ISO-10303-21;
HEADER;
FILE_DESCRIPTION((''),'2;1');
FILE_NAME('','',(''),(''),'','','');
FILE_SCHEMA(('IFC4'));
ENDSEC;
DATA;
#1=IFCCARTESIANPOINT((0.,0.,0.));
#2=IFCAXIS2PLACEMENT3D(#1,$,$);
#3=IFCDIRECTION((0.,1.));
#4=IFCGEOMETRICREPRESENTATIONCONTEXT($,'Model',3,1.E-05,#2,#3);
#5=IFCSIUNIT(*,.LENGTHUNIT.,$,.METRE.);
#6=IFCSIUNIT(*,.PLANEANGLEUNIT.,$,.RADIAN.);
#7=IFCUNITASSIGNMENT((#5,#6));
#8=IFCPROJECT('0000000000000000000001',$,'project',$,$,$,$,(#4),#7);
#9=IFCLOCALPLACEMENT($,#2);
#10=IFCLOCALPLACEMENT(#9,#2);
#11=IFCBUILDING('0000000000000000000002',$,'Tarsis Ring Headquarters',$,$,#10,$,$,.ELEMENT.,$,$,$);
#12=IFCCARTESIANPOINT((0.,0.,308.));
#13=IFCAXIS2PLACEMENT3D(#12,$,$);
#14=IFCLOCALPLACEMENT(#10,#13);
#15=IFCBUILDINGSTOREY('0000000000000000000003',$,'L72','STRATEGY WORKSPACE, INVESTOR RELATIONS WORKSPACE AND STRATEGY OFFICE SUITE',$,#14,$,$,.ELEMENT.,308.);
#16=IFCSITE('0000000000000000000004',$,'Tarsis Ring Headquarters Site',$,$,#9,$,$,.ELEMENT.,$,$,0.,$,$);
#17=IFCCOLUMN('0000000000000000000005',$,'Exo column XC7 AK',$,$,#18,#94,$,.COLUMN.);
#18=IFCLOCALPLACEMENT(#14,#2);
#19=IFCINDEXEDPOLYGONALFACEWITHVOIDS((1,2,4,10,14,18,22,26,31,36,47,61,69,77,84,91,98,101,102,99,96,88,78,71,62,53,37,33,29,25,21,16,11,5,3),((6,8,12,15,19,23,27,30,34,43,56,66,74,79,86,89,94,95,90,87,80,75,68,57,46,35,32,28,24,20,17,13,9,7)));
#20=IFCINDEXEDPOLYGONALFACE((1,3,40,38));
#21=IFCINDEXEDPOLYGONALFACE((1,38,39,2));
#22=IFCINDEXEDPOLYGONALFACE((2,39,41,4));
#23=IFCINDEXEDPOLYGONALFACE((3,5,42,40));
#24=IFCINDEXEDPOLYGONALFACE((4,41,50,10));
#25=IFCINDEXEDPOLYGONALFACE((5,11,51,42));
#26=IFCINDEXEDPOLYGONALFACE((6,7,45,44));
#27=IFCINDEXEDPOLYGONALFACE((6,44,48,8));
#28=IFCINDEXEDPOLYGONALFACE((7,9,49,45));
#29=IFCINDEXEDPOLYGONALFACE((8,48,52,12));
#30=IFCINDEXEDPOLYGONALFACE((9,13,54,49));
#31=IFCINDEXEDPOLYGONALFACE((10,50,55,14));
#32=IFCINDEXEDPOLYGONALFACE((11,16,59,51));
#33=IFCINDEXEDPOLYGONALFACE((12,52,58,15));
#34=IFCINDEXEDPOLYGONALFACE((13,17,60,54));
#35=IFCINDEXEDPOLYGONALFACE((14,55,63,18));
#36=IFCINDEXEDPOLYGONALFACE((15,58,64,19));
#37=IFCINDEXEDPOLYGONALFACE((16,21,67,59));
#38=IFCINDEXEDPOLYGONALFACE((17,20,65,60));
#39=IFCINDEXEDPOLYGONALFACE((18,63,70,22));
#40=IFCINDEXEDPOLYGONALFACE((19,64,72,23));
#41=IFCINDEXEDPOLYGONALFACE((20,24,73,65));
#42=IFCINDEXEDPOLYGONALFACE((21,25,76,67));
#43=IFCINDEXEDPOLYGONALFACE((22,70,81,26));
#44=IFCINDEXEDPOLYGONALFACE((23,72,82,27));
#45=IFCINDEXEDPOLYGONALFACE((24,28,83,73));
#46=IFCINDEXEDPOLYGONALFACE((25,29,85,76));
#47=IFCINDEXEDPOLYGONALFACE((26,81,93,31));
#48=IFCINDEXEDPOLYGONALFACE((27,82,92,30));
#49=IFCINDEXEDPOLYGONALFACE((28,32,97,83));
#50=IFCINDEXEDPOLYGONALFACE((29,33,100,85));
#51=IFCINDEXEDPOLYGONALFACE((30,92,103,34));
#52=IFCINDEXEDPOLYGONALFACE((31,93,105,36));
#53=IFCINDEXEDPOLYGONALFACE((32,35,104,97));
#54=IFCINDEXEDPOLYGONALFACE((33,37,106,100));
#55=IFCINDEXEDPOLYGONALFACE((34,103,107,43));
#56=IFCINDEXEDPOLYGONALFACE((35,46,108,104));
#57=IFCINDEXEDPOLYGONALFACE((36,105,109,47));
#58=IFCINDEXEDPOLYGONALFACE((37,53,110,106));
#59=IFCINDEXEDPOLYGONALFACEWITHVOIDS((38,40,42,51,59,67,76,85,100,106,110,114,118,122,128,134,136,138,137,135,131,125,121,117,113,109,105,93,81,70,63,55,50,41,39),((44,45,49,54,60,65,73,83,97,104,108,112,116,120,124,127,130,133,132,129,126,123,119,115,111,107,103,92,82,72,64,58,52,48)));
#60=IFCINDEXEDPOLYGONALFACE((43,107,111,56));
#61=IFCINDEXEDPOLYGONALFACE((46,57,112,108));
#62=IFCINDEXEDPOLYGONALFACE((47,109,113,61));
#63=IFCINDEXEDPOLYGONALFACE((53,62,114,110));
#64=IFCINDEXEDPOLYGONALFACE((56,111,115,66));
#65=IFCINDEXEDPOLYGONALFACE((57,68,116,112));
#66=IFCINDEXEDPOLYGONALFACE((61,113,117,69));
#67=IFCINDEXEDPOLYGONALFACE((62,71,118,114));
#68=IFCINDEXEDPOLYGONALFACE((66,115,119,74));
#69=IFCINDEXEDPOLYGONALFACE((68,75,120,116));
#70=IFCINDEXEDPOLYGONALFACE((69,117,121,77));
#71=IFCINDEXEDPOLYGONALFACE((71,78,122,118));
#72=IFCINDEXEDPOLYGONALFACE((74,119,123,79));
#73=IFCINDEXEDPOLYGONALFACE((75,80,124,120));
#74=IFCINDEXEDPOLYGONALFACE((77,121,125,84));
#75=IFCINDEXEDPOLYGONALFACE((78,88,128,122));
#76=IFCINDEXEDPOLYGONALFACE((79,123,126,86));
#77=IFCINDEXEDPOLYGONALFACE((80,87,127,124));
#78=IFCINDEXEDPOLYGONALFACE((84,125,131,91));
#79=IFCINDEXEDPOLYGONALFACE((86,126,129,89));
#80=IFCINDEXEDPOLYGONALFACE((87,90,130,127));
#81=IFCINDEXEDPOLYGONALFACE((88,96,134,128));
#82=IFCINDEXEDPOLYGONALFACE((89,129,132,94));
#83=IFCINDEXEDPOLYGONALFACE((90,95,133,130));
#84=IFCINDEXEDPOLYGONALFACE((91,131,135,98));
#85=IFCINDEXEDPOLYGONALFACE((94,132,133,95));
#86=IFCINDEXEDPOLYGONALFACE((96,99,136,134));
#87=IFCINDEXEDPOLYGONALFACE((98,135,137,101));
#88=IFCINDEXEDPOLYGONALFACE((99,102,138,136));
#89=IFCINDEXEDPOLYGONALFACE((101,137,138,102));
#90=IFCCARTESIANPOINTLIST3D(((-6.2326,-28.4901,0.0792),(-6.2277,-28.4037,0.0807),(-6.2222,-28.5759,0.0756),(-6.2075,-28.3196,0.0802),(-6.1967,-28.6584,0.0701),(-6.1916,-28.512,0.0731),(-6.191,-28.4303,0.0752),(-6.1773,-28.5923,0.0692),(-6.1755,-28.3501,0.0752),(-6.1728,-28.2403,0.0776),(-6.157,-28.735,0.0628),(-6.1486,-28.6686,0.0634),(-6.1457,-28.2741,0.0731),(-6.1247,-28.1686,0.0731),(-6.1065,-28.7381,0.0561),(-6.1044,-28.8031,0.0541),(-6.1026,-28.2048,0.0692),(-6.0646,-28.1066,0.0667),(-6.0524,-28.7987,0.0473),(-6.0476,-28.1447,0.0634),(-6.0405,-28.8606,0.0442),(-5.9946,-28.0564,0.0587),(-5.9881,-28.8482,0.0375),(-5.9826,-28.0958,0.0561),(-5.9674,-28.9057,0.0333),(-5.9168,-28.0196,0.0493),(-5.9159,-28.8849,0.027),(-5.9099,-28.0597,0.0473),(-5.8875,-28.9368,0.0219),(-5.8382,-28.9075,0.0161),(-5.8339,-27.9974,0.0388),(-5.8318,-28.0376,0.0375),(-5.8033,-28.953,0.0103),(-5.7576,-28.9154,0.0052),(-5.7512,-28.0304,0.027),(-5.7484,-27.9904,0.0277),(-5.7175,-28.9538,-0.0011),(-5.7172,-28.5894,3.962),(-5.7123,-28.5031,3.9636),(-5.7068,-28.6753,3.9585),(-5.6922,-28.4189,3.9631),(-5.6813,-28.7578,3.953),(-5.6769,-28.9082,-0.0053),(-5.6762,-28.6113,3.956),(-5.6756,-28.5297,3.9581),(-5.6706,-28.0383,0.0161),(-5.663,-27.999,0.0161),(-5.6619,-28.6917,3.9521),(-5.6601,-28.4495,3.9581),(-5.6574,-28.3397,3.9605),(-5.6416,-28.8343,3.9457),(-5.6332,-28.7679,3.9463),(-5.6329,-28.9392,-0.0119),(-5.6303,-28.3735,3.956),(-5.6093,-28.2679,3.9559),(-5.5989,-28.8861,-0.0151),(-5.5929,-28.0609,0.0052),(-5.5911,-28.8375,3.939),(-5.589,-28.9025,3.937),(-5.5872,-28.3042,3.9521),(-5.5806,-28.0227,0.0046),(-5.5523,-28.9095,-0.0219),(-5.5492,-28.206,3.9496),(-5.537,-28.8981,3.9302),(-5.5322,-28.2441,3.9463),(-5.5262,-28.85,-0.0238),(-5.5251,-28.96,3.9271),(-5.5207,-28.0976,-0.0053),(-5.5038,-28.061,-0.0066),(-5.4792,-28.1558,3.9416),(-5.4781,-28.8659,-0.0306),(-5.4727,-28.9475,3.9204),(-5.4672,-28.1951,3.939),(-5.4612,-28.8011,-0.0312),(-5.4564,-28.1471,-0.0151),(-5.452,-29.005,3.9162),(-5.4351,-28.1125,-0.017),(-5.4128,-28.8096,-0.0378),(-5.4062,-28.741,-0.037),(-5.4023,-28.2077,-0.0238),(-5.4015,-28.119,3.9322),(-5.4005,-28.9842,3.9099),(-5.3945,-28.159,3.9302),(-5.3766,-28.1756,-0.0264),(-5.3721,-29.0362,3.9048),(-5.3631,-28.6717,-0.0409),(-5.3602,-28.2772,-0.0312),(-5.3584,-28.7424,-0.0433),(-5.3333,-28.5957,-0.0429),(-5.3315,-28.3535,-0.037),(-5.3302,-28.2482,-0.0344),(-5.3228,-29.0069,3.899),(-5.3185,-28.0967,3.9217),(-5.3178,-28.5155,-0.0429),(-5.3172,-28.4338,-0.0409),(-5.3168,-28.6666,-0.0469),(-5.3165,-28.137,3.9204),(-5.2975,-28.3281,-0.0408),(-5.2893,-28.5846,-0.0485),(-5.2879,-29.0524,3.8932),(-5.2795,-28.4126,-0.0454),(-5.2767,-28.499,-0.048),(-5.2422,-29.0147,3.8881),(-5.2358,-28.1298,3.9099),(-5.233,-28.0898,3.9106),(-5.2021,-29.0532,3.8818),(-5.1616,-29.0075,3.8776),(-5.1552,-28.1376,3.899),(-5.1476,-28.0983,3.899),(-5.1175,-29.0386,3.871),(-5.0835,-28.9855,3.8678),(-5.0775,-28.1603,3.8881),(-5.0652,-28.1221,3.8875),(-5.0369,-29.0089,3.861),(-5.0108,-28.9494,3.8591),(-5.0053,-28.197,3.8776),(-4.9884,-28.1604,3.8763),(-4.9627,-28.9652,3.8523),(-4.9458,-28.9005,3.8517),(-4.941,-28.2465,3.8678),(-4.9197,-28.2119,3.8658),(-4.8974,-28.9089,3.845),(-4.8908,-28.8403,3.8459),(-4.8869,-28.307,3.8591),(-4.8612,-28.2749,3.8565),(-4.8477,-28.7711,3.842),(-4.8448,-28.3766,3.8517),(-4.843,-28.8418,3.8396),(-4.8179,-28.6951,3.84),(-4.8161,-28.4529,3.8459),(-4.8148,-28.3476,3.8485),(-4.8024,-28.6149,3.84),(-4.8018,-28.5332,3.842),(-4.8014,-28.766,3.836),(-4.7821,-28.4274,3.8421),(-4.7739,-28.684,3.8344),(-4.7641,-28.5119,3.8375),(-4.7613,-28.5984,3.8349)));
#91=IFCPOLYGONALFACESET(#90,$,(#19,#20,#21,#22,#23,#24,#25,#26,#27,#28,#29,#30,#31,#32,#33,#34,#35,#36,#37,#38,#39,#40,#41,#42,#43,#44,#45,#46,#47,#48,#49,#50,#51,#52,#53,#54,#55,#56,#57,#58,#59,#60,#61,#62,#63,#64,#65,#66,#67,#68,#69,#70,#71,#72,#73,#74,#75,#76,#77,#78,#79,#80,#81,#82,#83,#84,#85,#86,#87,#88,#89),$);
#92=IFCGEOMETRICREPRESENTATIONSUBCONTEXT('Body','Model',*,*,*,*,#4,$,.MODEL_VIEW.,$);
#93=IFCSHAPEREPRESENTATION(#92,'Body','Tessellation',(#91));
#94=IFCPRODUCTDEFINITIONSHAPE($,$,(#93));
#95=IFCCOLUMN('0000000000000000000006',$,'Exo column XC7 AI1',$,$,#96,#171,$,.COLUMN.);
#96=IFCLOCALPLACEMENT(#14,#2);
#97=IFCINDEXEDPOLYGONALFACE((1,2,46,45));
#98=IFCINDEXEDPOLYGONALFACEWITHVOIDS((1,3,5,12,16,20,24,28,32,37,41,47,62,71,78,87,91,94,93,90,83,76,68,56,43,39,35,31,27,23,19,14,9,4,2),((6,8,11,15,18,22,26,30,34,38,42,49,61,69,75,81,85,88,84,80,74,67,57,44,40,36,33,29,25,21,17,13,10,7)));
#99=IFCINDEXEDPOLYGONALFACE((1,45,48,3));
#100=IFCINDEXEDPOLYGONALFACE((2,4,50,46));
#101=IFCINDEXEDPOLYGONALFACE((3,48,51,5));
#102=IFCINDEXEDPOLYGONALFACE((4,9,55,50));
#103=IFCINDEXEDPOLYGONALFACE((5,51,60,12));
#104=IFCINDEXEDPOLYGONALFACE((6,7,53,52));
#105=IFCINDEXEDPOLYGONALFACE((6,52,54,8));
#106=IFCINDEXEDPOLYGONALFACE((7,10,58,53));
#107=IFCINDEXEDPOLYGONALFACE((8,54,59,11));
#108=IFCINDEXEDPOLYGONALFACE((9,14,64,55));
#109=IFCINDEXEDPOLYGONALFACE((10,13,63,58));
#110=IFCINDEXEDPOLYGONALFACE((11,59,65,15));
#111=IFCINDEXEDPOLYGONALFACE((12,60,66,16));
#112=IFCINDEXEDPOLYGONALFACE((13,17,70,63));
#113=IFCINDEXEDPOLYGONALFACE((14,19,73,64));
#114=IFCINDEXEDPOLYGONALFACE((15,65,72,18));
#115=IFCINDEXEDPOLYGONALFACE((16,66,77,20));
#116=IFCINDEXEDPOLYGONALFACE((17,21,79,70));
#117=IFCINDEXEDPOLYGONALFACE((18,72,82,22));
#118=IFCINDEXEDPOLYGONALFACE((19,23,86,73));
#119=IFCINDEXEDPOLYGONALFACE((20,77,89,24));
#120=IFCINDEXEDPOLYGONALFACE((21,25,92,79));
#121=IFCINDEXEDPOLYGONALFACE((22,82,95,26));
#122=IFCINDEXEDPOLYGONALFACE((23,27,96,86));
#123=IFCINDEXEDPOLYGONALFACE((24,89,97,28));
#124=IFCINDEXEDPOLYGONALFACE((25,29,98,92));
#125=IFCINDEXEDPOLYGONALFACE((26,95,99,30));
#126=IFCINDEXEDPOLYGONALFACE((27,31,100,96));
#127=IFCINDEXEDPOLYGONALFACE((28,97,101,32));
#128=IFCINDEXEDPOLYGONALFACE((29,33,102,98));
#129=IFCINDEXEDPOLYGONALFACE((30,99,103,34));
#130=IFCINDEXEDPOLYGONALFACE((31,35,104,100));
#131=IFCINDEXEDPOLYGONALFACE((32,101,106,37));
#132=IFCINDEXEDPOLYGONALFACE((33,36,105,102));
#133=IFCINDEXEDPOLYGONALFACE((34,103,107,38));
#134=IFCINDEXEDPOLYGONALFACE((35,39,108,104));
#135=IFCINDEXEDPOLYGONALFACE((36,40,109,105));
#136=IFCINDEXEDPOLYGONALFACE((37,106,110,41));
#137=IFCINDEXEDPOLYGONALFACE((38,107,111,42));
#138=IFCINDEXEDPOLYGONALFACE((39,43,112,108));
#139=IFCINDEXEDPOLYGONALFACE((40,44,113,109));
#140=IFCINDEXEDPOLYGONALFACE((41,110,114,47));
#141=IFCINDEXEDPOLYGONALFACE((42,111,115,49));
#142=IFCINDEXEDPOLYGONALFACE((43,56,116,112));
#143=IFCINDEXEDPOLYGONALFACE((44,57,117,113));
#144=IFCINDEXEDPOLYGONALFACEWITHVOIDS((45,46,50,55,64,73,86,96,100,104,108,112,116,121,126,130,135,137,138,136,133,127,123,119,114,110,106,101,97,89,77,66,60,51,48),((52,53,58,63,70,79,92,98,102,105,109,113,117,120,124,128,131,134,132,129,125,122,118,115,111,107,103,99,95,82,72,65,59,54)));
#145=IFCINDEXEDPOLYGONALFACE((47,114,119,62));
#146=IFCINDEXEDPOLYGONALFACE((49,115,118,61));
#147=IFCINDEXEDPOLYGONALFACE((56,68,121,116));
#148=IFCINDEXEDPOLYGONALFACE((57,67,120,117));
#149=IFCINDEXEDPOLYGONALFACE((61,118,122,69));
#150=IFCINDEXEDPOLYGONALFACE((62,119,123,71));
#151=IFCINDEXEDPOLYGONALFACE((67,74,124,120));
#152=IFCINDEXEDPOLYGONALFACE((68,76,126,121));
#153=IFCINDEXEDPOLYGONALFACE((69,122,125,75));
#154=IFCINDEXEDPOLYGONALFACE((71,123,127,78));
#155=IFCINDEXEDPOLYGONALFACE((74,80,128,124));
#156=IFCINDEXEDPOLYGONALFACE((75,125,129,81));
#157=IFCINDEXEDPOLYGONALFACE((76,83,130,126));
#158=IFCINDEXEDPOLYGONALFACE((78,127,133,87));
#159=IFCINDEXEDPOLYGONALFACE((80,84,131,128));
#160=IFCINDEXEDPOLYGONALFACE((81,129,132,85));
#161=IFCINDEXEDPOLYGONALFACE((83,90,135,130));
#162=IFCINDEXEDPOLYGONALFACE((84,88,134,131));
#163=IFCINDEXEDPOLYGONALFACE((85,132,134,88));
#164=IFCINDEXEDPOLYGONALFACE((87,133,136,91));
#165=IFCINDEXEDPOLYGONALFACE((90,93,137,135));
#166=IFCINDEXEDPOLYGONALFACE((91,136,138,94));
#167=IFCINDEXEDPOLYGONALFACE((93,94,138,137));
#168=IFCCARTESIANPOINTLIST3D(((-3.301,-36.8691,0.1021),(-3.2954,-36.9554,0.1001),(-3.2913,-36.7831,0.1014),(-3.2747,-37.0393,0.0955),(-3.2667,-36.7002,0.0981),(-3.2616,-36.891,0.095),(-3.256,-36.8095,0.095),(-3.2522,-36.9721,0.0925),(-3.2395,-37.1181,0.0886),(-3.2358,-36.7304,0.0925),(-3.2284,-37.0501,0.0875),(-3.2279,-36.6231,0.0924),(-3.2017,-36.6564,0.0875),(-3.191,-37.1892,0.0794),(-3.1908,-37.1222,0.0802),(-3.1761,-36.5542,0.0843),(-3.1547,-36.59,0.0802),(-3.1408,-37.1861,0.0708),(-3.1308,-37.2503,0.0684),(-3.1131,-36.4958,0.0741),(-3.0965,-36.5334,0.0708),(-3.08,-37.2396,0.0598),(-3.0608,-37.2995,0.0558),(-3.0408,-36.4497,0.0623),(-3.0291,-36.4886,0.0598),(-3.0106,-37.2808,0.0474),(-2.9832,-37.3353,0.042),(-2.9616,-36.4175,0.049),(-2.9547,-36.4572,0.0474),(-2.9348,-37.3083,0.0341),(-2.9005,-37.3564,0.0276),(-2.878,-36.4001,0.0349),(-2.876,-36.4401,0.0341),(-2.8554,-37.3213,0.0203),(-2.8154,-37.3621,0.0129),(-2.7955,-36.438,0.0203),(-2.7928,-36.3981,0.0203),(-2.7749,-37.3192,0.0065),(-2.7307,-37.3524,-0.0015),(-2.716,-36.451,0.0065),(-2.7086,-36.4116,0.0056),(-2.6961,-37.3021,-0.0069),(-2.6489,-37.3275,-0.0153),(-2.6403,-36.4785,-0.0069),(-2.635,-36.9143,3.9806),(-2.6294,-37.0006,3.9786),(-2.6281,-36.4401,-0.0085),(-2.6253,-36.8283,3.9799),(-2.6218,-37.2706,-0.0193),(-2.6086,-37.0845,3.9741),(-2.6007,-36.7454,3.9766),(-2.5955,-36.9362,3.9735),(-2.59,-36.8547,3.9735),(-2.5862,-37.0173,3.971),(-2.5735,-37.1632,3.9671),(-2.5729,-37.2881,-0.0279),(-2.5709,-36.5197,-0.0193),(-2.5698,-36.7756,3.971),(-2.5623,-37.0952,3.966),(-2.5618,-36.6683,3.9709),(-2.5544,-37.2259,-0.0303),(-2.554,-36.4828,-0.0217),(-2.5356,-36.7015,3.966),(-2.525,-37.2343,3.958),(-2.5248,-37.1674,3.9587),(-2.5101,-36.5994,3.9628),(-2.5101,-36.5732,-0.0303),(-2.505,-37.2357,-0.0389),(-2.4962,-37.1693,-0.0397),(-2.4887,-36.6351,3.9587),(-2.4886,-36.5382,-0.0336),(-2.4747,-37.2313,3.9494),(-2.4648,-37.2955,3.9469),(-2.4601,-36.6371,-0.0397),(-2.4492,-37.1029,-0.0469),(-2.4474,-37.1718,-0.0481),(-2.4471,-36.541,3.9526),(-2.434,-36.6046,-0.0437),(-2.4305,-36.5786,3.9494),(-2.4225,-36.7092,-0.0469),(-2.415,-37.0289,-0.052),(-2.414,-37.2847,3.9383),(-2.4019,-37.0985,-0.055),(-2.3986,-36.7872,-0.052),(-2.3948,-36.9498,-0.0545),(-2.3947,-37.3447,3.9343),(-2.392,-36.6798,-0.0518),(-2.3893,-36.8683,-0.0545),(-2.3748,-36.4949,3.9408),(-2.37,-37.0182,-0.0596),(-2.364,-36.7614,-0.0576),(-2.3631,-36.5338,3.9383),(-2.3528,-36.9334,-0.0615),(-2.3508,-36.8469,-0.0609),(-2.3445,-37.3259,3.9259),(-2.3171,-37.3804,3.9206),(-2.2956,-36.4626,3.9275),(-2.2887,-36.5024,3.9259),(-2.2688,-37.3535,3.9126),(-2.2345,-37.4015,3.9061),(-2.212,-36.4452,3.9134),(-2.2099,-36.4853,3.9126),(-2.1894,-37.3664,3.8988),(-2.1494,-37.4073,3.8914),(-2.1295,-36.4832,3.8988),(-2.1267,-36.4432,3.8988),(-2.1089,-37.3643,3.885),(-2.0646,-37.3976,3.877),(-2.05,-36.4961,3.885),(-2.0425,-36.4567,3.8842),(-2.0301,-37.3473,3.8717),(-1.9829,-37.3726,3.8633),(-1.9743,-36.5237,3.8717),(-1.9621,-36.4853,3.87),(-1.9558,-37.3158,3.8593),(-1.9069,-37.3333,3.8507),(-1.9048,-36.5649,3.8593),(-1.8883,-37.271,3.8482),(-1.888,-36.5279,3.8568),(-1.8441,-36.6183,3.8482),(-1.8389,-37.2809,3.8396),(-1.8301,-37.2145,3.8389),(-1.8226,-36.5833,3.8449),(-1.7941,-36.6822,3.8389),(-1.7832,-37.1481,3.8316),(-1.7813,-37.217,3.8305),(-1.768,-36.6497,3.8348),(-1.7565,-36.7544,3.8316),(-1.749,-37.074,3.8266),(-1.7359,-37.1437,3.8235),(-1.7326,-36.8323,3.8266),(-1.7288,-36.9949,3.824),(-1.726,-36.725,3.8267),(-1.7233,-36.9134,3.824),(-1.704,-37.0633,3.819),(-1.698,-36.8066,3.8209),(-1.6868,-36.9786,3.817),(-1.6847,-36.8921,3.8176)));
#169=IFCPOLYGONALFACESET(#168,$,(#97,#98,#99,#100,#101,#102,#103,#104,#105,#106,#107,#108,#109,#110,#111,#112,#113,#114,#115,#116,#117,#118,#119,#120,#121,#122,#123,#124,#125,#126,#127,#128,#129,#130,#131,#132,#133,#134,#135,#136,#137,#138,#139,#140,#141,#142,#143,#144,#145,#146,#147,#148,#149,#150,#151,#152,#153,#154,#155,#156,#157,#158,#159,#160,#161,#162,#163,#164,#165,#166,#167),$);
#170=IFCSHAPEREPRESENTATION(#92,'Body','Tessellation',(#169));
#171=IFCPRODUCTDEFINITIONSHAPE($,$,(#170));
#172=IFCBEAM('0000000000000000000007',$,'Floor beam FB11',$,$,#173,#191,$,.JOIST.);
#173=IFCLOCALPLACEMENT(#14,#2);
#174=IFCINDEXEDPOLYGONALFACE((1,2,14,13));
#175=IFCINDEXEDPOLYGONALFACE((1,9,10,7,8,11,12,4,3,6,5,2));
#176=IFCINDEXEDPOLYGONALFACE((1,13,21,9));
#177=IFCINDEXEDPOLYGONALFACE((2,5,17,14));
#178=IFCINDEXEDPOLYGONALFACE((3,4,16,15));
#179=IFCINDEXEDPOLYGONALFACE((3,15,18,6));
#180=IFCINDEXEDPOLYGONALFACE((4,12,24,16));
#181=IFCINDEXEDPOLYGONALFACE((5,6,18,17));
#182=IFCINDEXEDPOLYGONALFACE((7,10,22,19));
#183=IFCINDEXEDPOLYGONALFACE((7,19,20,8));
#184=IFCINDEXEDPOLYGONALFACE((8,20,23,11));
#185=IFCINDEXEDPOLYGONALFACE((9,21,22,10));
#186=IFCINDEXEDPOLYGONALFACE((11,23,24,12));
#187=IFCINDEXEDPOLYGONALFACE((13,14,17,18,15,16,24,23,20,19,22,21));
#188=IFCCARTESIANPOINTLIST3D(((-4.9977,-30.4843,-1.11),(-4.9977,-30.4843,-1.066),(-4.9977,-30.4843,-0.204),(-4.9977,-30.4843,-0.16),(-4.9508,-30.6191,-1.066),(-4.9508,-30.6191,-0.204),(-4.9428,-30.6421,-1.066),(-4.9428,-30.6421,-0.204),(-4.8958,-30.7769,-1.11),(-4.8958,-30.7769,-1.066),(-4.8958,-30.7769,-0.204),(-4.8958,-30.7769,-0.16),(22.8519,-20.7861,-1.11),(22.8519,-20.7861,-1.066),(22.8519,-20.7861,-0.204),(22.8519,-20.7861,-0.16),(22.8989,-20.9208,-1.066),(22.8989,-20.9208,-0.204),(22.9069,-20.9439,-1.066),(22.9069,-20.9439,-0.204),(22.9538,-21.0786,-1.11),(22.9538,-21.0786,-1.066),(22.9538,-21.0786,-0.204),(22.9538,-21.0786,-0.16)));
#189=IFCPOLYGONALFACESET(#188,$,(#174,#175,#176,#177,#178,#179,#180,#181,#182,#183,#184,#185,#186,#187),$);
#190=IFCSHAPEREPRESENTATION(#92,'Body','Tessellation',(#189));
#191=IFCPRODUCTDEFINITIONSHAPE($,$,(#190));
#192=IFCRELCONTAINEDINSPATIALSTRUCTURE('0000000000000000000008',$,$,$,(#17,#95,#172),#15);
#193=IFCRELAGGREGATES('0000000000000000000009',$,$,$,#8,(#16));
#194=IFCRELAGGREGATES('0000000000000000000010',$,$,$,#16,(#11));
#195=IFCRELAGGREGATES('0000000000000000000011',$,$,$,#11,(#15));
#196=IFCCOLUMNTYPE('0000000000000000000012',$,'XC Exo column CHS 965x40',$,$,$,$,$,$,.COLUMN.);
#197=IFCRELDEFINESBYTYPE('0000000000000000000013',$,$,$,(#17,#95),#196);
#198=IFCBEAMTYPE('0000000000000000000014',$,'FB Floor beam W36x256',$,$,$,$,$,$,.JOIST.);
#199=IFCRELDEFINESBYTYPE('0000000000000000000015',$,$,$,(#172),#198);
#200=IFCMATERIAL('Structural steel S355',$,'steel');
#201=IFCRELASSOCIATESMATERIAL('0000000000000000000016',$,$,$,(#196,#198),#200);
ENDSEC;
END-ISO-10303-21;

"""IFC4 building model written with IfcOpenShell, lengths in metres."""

from ifc_helpers import new_model, si_unit, direction, frame, origin, origin_2d, place, context, subcontext, project, spatial, hollow_circle, i_section, extrude, material, material_profile, profile_set, type_object, element, save


model = new_model("IFC4")

# Units and contexts
model_context = context("Model", 3, precision=1e-05, world=origin(), true_north=direction((0.0, 1.0)))
body_context = subcontext(model_context, "Body", "Model", "MODEL_VIEW")
ifc_project = project(units=[si_unit("LENGTHUNIT", "METRE"), si_unit("PLANEANGLEUNIT", "RADIAN")], contexts=[model_context])

# Site, building, storey
site_placement = place(None, origin())
site = spatial("IfcSite", under=ifc_project, at=site_placement, Name="Tarsis Ring Headquarters Site", CompositionType="ELEMENT", RefElevation=0.0)
building_placement = place(site_placement, origin())
building = spatial("IfcBuilding", under=site, at=building_placement, Name="Tarsis Ring Headquarters", CompositionType="ELEMENT")
storey_placement = place(building_placement, frame((0.0, 0.0, 308.0)))
storey = spatial("IfcBuildingStorey", under=building, at=storey_placement, Name="L72", Description="STRATEGY WORKSPACE, INVESTOR RELATIONS WORKSPACE AND STRATEGY OFFICE SUITE", CompositionType="ELEMENT", Elevation=308.0)

# Columns
ifc_material_1 = material(Name="Structural steel S355", Category="steel")
ifc_material_profile_1 = material_profile(ifc_material_1, hollow_circle(Radius=0.4827, WallThickness=0.04, at=origin_2d()), Name="CHS 965x40")
ifc_profile_set_1 = profile_set([ifc_material_profile_1], Name="Structural steel S355")
column_type = type_object("IfcColumnType", Name="XC Exo column CHS 965x40", PredefinedType="COLUMN", material=ifc_profile_set_1)
column_1_placement = place(storey_placement, frame((-5.7544, -28.4729, 0.0161), z_axis=(0.131538, -0.02536, 0.990987), x_axis=(0.189313, 0.981917, 0.0)))
element("IfcColumn", 1, at=column_1_placement, inside=storey, type_object=column_type, Name="Exo column XC7 AK", PredefinedType="COLUMN", context=body_context, shape_type="SweptSolid", body=[
    extrude(hollow_circle(Radius=0.4827, WallThickness=0.04, at=origin_2d()), origin(), (0.0, 0.0, 1.0), 3.9182),
])
column_2_placement = place(storey_placement, frame((-2.8254, -36.8796, 0.0203), z_axis=(0.169235, -0.011477, 0.985509), x_axis=(0.06766, 0.997708, 0.0)))
element("IfcColumn", 2, at=column_2_placement, inside=storey, type_object=column_type, Name="Exo column XC7 AI1", PredefinedType="COLUMN", context=body_context, shape_type="SweptSolid", body=[
    extrude(hollow_circle(Radius=0.4827, WallThickness=0.04, at=origin_2d()), origin(), (0.0, 0.0, 1.0), 3.9355),
])

# Beam
ifc_material_profile_2 = material_profile(ifc_material_1, i_section(OverallWidth=0.3098, OverallDepth=0.95, WebThickness=0.0244, FlangeThickness=0.0439, at=origin_2d()), Name="W36x256")
ifc_profile_set_2 = profile_set([ifc_material_profile_2], Name="Structural steel S355")
beam_type_1 = type_object("IfcBeamType", Name="FB Floor beam W36x256", PredefinedType="JOIST", material=ifc_profile_set_2)
beam_1_placement = place(storey_placement, frame((-4.9468, -30.6306, -0.635), z_axis=(0.944377, 0.328866, 0.0), x_axis=(-0.328866, 0.944377, 0.0)))
element("IfcBeam", 3, at=beam_1_placement, inside=storey, type_object=beam_type_1, Name="Floor beam FB11", PredefinedType="JOIST", context=body_context, shape_type="SweptSolid", body=[
    extrude(i_section(OverallWidth=0.3098, OverallDepth=0.95, WebThickness=0.0244, FlangeThickness=0.0439, at=origin_2d()), origin(), (0.0, 0.0, 1.0), 29.49),
])

save(model, "model.ifc")
